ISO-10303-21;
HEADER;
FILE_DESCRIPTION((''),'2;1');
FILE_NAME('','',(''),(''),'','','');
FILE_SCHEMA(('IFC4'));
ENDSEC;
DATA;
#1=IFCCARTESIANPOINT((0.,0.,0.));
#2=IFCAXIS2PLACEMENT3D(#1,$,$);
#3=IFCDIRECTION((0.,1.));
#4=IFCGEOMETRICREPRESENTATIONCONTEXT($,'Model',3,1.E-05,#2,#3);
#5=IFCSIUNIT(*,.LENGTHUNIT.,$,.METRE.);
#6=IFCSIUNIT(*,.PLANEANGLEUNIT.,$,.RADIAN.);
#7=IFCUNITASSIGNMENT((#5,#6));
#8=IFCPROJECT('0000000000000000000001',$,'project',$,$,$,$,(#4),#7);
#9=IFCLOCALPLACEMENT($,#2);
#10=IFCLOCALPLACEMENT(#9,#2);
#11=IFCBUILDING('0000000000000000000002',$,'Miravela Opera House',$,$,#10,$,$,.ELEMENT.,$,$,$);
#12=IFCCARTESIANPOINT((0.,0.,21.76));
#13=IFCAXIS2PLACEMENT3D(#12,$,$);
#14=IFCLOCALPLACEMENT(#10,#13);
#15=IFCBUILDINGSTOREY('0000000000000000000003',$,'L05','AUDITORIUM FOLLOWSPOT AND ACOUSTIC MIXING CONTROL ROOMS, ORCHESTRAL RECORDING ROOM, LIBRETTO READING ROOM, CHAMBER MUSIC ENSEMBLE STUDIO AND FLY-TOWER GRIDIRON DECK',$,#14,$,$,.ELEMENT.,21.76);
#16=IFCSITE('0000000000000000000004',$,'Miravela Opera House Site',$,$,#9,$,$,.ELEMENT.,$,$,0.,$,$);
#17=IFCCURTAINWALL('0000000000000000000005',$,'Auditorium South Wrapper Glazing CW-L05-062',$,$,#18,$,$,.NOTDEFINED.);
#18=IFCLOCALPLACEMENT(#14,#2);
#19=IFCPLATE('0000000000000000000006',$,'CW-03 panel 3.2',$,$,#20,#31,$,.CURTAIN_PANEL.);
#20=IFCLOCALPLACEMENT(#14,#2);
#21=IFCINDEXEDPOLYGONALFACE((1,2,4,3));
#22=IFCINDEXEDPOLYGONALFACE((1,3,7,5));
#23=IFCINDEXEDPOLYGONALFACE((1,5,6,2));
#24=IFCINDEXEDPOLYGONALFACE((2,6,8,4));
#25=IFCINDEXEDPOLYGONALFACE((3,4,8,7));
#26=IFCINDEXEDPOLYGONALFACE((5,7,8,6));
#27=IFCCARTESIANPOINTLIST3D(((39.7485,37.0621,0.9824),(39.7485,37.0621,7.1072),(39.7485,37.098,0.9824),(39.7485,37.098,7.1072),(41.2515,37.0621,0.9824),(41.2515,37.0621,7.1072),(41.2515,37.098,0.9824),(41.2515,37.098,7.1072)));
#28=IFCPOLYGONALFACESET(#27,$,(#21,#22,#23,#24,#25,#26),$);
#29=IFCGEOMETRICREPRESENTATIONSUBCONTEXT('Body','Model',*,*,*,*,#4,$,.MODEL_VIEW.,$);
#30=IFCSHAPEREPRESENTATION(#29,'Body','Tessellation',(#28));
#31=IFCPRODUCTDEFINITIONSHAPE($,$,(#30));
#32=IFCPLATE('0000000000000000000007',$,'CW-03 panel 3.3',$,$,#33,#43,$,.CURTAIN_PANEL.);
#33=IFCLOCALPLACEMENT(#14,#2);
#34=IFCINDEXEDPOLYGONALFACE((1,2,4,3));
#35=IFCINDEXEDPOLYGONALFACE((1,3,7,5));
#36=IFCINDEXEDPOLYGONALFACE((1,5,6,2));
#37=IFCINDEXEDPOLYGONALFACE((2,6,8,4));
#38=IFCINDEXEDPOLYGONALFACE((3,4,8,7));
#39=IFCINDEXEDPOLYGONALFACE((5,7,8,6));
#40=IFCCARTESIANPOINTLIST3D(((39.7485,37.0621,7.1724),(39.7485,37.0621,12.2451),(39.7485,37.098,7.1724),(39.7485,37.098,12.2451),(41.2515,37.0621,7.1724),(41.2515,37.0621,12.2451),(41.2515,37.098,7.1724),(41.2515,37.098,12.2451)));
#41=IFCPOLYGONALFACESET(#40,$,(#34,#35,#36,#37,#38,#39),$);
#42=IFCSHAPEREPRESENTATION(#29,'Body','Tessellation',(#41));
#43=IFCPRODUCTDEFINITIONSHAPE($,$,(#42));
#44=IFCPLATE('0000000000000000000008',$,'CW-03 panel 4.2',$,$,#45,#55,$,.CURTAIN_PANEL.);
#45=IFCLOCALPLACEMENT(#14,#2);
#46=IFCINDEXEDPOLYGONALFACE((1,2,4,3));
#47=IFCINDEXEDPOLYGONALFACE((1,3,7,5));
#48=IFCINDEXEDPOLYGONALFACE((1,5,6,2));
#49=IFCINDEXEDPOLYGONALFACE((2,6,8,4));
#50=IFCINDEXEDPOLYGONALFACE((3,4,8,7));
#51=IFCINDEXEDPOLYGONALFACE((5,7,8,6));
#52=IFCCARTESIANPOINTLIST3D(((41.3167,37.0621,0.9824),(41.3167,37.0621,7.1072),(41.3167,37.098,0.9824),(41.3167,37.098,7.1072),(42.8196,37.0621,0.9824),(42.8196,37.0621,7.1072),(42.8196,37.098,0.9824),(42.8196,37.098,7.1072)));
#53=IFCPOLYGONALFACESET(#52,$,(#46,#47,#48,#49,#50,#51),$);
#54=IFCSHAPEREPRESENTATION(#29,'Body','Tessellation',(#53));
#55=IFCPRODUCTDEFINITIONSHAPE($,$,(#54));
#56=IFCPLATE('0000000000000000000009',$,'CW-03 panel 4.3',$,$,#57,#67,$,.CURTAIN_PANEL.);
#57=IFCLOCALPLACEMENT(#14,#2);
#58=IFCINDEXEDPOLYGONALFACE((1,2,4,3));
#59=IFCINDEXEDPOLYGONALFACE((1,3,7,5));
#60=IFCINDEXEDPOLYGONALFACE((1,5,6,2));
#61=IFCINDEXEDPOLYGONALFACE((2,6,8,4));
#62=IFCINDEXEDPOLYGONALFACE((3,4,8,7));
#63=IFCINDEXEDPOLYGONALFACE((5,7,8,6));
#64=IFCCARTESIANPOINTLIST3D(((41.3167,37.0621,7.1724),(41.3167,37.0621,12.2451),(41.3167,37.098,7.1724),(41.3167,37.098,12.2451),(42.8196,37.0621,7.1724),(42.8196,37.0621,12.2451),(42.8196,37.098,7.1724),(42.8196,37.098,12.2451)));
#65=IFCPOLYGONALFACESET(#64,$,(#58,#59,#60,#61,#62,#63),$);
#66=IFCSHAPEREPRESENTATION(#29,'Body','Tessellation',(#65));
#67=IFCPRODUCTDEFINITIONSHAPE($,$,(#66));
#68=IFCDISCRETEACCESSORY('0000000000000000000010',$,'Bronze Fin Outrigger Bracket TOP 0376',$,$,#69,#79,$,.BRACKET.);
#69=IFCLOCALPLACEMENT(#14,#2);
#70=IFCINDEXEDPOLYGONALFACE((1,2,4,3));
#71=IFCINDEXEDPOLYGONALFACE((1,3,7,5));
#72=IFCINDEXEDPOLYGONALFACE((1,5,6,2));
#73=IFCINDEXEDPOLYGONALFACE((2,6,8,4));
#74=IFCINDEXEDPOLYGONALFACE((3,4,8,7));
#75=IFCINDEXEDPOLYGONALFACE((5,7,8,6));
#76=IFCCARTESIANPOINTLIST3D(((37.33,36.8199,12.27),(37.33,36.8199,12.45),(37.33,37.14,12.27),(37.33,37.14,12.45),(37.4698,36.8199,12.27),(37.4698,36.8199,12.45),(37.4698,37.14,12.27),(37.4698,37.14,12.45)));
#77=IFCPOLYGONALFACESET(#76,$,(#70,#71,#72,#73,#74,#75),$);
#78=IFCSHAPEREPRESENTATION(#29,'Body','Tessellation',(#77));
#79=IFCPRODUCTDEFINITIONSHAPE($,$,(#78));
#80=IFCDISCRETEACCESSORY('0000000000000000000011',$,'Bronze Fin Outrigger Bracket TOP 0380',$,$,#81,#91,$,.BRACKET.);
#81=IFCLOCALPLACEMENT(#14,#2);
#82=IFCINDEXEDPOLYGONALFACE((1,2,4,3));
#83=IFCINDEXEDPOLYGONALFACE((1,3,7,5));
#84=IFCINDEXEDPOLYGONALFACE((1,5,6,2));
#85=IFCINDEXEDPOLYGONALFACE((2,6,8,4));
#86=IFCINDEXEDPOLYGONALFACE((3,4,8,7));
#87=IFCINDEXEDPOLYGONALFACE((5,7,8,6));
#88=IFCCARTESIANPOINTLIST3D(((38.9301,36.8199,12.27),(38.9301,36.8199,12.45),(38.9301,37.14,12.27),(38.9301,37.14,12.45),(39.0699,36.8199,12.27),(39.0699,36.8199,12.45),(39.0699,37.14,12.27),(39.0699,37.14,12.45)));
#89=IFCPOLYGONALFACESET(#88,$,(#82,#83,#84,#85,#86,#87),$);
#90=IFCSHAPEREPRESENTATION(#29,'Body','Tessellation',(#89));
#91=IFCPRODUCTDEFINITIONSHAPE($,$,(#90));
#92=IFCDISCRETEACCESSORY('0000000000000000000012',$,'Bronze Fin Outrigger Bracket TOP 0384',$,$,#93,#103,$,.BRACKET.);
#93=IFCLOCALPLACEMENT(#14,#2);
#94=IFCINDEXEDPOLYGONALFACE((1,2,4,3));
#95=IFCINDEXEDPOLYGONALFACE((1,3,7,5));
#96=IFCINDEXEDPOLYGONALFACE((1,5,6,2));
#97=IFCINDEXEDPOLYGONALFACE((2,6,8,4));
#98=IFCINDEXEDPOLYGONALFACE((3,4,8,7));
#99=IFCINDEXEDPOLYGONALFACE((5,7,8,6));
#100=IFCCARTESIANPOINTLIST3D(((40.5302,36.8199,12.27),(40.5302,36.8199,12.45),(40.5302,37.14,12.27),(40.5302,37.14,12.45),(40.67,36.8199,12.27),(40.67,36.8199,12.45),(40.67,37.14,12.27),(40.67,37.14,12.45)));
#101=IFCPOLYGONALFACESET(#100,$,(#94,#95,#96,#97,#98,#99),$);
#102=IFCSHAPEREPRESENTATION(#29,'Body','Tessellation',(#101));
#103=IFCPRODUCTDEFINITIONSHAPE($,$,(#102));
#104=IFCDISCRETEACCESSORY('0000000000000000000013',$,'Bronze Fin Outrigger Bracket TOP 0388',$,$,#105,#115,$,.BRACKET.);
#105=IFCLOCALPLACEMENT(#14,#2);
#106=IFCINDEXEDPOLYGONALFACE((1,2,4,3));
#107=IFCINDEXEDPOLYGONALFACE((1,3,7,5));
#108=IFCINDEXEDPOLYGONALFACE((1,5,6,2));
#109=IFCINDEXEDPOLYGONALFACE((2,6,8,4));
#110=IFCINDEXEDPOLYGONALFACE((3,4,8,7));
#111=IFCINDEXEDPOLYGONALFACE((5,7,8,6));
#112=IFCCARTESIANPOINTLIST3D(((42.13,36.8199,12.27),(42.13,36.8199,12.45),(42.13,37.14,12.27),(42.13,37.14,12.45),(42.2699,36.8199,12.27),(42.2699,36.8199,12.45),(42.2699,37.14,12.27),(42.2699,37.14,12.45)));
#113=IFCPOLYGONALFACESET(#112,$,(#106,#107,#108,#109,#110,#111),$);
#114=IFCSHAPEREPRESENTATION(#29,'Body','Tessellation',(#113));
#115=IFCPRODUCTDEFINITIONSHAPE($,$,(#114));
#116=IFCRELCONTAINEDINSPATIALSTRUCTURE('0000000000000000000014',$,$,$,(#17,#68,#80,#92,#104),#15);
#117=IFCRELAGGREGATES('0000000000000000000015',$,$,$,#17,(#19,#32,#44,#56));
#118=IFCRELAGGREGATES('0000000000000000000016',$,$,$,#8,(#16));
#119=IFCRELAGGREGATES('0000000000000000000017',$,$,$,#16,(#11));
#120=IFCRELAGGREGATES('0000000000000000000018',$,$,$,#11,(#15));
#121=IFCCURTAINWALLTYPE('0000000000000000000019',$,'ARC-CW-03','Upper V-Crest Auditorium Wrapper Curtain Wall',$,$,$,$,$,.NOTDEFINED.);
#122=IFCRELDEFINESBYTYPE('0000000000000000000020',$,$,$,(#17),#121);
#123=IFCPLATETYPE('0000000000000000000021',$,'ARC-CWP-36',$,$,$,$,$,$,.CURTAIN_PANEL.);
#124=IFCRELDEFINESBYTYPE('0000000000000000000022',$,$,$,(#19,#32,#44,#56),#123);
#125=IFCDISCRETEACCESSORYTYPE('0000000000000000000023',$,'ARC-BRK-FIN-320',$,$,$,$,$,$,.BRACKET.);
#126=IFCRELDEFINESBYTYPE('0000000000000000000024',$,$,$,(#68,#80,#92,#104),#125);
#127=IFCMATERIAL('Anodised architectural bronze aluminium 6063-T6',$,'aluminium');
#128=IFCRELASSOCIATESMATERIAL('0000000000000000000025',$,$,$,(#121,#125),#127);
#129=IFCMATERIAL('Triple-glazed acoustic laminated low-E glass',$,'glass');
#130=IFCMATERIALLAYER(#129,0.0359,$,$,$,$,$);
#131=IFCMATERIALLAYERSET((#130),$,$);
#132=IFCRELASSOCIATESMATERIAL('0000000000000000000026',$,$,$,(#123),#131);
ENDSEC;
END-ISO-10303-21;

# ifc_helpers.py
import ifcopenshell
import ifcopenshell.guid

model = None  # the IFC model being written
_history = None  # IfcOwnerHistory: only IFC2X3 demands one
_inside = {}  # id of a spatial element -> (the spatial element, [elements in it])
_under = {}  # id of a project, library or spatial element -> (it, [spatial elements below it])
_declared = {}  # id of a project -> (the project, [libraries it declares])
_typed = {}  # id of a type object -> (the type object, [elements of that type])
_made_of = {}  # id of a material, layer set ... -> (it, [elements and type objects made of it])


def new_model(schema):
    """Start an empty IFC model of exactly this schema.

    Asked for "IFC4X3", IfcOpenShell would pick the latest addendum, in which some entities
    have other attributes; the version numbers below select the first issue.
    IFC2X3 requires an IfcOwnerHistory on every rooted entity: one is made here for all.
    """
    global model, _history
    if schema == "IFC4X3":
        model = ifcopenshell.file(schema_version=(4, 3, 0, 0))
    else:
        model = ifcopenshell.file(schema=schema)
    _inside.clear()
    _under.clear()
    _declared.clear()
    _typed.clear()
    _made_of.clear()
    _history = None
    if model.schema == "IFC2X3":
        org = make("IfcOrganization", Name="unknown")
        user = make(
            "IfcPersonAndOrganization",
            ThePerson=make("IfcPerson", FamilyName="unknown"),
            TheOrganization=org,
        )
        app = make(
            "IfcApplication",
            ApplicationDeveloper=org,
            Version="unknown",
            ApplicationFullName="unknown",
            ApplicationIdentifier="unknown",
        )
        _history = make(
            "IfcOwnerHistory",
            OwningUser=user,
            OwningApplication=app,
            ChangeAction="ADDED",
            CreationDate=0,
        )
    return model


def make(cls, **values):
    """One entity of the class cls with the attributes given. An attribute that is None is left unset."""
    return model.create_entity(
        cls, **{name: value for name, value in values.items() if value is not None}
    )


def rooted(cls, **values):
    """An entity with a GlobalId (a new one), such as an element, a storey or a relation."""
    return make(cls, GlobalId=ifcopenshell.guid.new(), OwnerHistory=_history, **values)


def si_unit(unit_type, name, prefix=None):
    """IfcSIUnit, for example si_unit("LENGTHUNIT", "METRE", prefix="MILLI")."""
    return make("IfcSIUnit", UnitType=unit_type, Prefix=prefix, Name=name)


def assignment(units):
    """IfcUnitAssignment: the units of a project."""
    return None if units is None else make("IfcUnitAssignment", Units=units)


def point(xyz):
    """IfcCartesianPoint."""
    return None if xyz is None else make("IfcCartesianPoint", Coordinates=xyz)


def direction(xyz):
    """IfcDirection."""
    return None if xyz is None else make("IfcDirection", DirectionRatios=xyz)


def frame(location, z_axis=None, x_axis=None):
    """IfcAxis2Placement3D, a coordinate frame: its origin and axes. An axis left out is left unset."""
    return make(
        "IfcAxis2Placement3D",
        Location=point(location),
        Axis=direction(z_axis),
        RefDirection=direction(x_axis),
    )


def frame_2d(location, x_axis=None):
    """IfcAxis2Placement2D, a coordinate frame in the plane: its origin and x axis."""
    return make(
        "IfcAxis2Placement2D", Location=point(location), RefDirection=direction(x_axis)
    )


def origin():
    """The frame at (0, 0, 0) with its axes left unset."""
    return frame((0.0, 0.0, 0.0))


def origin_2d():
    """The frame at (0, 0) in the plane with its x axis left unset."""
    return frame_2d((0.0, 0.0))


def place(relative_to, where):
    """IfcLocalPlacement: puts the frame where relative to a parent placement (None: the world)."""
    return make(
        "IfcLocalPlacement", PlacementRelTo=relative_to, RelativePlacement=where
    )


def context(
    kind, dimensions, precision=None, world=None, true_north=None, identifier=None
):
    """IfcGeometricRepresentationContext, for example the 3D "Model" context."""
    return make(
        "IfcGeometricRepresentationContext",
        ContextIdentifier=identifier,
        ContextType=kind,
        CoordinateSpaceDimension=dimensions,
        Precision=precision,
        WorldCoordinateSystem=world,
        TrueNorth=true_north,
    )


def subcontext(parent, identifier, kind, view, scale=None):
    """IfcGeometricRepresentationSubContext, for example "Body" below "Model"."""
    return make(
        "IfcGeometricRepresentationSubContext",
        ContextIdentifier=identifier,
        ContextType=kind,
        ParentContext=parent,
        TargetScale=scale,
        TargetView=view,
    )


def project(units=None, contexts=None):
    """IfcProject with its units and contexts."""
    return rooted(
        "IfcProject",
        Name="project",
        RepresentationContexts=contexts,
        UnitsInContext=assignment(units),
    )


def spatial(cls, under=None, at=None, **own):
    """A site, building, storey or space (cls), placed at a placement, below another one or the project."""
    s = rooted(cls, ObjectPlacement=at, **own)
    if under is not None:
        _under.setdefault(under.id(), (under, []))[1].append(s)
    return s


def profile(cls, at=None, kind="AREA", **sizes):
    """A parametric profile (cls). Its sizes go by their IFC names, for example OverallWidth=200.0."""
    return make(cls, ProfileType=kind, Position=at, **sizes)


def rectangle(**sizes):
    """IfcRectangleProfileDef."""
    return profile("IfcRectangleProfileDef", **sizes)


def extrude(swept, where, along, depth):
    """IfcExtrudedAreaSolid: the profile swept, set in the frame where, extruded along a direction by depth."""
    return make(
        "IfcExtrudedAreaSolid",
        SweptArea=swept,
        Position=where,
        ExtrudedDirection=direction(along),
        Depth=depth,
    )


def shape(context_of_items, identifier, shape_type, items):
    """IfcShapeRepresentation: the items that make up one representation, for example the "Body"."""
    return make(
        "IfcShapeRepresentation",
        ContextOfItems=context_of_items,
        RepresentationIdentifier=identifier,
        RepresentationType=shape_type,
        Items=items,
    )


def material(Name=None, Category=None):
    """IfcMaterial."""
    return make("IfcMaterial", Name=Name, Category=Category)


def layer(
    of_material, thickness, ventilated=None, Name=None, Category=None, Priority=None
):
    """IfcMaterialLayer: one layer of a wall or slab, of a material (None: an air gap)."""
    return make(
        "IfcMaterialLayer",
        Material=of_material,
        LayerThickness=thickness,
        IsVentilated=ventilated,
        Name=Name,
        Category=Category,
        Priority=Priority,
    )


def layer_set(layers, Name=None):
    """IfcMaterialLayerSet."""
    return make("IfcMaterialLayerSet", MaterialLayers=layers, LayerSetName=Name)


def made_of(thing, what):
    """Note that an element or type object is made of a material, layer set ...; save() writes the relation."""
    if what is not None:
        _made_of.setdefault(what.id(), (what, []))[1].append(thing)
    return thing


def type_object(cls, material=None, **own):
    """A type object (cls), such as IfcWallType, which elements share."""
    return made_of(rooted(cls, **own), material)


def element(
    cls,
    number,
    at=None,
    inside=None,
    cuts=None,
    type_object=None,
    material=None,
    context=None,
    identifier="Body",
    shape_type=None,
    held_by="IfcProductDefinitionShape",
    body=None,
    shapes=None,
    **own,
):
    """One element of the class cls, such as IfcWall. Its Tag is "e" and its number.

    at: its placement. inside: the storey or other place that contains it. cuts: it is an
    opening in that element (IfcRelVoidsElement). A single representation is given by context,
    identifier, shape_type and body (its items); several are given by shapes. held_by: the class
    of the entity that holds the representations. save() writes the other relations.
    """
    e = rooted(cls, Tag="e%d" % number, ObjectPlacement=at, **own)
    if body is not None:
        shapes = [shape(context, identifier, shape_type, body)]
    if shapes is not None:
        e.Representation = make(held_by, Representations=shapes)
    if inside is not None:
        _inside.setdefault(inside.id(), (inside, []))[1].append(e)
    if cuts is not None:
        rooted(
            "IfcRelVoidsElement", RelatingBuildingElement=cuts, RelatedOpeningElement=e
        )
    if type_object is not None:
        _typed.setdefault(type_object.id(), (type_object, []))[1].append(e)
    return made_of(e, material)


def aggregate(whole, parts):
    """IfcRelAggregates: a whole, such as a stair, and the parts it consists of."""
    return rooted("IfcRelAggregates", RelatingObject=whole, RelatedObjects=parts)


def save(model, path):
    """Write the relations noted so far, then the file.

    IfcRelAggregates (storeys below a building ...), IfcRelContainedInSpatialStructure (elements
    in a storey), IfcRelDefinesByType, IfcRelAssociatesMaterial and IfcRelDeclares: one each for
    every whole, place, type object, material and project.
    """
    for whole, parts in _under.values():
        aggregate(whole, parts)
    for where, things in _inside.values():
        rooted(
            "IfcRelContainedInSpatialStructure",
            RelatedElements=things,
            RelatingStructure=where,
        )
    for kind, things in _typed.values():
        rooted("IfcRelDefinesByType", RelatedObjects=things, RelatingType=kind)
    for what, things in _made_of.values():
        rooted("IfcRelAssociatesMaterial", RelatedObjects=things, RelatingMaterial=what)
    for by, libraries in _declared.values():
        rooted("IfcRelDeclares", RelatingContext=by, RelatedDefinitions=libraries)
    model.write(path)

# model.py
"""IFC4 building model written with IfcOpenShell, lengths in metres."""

from ifc_helpers import new_model, si_unit, direction, frame, origin, origin_2d, place, context, subcontext, project, spatial, rectangle, extrude, material, layer, layer_set, type_object, element, aggregate, save


model = new_model("IFC4")

# Units and contexts
model_context = context("Model", 3, precision=1e-05, world=origin(), true_north=direction((0.0, 1.0)))
body_context = subcontext(model_context, "Body", "Model", "MODEL_VIEW")
ifc_project = project(units=[si_unit("LENGTHUNIT", "METRE"), si_unit("PLANEANGLEUNIT", "RADIAN")], contexts=[model_context])

# Site, building, storey
site_placement = place(None, origin())
site = spatial("IfcSite", under=ifc_project, at=site_placement, Name="Miravela Opera House Site", CompositionType="ELEMENT", RefElevation=0.0)
building_placement = place(site_placement, origin())
building = spatial("IfcBuilding", under=site, at=building_placement, Name="Miravela Opera House", CompositionType="ELEMENT")
storey_placement = place(building_placement, frame((0.0, 0.0, 21.76)))
storey = spatial("IfcBuildingStorey", under=building, at=storey_placement, Name="L05", Description="AUDITORIUM FOLLOWSPOT AND ACOUSTIC MIXING CONTROL ROOMS, ORCHESTRAL RECORDING ROOM, LIBRETTO READING ROOM, CHAMBER MUSIC ENSEMBLE STUDIO AND FLY-TOWER GRIDIRON DECK", CompositionType="ELEMENT", Elevation=21.76)

# Curtain wall, plates
ifc_material_1 = material(Name="Anodised architectural bronze aluminium 6063-T6", Category="aluminium")
curtain_wall_type = type_object("IfcCurtainWallType", Name="ARC-CW-03", Description="Upper V-Crest Auditorium Wrapper Curtain Wall", PredefinedType="NOTDEFINED", material=ifc_material_1)
curtain_wall_placement = place(storey_placement, origin())
curtain_wall = element("IfcCurtainWall", 1, at=curtain_wall_placement, inside=storey, type_object=curtain_wall_type, Name="Auditorium South Wrapper Glazing CW-L05-062", PredefinedType="NOTDEFINED")
ifc_material_2 = material(Name="Triple-glazed acoustic laminated low-E glass", Category="glass")
ifc_layer = layer(ifc_material_2, 0.0359)
ifc_layer_set = layer_set([ifc_layer])
plate_type = type_object("IfcPlateType", Name="ARC-CWP-36", PredefinedType="CURTAIN_PANEL", material=ifc_layer_set)
plate_1_placement = place(storey_placement, frame((40.5, 37.0801, 0.9824), z_axis=(0.0, 0.0, 1.0), x_axis=(1.0, 0.0, 0.0)))
plate_1 = element("IfcPlate", 2, at=plate_1_placement, type_object=plate_type, Name="CW-03 panel 3.2", PredefinedType="CURTAIN_PANEL", context=body_context, shape_type="SweptSolid", body=[
    extrude(rectangle(XDim=1.5029, YDim=0.0359, at=origin_2d()), origin(), (0.0, 0.0, 1.0), 6.1248),
])
plate_2_placement = place(storey_placement, frame((40.5, 37.0801, 7.1724), z_axis=(0.0, 0.0, 1.0), x_axis=(1.0, 0.0, 0.0)))
plate_2 = element("IfcPlate", 3, at=plate_2_placement, type_object=plate_type, Name="CW-03 panel 3.3", PredefinedType="CURTAIN_PANEL", context=body_context, shape_type="SweptSolid", body=[
    extrude(rectangle(XDim=1.5029, YDim=0.0359, at=origin_2d()), origin(), (0.0, 0.0, 1.0), 5.0728),
])
plate_3_placement = place(storey_placement, frame((42.0681, 37.0801, 0.9824), z_axis=(0.0, 0.0, 1.0), x_axis=(1.0, 0.0, 0.0)))
plate_3 = element("IfcPlate", 4, at=plate_3_placement, type_object=plate_type, Name="CW-03 panel 4.2", PredefinedType="CURTAIN_PANEL", context=body_context, shape_type="SweptSolid", body=[
    extrude(rectangle(XDim=1.5029, YDim=0.0359, at=origin_2d()), origin(), (0.0, 0.0, 1.0), 6.1248),
])
plate_4_placement = place(storey_placement, frame((42.0681, 37.0801, 7.1724), z_axis=(0.0, 0.0, 1.0), x_axis=(1.0, 0.0, 0.0)))
plate_4 = element("IfcPlate", 5, at=plate_4_placement, type_object=plate_type, Name="CW-03 panel 4.3", PredefinedType="CURTAIN_PANEL", context=body_context, shape_type="SweptSolid", body=[
    extrude(rectangle(XDim=1.5029, YDim=0.0359, at=origin_2d()), origin(), (0.0, 0.0, 1.0), 5.0728),
])
aggregate(curtain_wall, [plate_1, plate_2, plate_3, plate_4])

# Discrete accessories
discrete_accessory_type = type_object("IfcDiscreteAccessoryType", Name="ARC-BRK-FIN-320", PredefinedType="BRACKET", material=ifc_material_1)
for number, where, z_axis, x_axis, name in (
    (6, (37.3999, 36.98, 12.27), (0.0, 0.0, 1.0), (0.0, 1.0, 0.0), "Bronze Fin Outrigger Bracket TOP 0376"),
    (7, (39.0, 36.98, 12.27), (0.0, 0.0, 1.0), (0.0, 1.0, 0.0), "Bronze Fin Outrigger Bracket TOP 0380"),
    (8, (40.6001, 36.98, 12.27), (0.0, 0.0, 1.0), (0.0, 1.0, 0.0), "Bronze Fin Outrigger Bracket TOP 0384"),
    (9, (42.2, 36.98, 12.27), (0.0, 0.0, 1.0), (0.0, 1.0, 0.0), "Bronze Fin Outrigger Bracket TOP 0388"),
):
    element("IfcDiscreteAccessory", number, at=place(storey_placement, frame(where, z_axis=z_axis, x_axis=x_axis)), inside=storey, type_object=discrete_accessory_type, Name=name, PredefinedType="BRACKET", context=body_context, shape_type="SweptSolid", body=[
        extrude(rectangle(XDim=0.3201, YDim=0.1399, at=origin_2d()), origin(), (0.0, 0.0, 1.0), 0.1799),
    ])

save(model, "model.ifc")
